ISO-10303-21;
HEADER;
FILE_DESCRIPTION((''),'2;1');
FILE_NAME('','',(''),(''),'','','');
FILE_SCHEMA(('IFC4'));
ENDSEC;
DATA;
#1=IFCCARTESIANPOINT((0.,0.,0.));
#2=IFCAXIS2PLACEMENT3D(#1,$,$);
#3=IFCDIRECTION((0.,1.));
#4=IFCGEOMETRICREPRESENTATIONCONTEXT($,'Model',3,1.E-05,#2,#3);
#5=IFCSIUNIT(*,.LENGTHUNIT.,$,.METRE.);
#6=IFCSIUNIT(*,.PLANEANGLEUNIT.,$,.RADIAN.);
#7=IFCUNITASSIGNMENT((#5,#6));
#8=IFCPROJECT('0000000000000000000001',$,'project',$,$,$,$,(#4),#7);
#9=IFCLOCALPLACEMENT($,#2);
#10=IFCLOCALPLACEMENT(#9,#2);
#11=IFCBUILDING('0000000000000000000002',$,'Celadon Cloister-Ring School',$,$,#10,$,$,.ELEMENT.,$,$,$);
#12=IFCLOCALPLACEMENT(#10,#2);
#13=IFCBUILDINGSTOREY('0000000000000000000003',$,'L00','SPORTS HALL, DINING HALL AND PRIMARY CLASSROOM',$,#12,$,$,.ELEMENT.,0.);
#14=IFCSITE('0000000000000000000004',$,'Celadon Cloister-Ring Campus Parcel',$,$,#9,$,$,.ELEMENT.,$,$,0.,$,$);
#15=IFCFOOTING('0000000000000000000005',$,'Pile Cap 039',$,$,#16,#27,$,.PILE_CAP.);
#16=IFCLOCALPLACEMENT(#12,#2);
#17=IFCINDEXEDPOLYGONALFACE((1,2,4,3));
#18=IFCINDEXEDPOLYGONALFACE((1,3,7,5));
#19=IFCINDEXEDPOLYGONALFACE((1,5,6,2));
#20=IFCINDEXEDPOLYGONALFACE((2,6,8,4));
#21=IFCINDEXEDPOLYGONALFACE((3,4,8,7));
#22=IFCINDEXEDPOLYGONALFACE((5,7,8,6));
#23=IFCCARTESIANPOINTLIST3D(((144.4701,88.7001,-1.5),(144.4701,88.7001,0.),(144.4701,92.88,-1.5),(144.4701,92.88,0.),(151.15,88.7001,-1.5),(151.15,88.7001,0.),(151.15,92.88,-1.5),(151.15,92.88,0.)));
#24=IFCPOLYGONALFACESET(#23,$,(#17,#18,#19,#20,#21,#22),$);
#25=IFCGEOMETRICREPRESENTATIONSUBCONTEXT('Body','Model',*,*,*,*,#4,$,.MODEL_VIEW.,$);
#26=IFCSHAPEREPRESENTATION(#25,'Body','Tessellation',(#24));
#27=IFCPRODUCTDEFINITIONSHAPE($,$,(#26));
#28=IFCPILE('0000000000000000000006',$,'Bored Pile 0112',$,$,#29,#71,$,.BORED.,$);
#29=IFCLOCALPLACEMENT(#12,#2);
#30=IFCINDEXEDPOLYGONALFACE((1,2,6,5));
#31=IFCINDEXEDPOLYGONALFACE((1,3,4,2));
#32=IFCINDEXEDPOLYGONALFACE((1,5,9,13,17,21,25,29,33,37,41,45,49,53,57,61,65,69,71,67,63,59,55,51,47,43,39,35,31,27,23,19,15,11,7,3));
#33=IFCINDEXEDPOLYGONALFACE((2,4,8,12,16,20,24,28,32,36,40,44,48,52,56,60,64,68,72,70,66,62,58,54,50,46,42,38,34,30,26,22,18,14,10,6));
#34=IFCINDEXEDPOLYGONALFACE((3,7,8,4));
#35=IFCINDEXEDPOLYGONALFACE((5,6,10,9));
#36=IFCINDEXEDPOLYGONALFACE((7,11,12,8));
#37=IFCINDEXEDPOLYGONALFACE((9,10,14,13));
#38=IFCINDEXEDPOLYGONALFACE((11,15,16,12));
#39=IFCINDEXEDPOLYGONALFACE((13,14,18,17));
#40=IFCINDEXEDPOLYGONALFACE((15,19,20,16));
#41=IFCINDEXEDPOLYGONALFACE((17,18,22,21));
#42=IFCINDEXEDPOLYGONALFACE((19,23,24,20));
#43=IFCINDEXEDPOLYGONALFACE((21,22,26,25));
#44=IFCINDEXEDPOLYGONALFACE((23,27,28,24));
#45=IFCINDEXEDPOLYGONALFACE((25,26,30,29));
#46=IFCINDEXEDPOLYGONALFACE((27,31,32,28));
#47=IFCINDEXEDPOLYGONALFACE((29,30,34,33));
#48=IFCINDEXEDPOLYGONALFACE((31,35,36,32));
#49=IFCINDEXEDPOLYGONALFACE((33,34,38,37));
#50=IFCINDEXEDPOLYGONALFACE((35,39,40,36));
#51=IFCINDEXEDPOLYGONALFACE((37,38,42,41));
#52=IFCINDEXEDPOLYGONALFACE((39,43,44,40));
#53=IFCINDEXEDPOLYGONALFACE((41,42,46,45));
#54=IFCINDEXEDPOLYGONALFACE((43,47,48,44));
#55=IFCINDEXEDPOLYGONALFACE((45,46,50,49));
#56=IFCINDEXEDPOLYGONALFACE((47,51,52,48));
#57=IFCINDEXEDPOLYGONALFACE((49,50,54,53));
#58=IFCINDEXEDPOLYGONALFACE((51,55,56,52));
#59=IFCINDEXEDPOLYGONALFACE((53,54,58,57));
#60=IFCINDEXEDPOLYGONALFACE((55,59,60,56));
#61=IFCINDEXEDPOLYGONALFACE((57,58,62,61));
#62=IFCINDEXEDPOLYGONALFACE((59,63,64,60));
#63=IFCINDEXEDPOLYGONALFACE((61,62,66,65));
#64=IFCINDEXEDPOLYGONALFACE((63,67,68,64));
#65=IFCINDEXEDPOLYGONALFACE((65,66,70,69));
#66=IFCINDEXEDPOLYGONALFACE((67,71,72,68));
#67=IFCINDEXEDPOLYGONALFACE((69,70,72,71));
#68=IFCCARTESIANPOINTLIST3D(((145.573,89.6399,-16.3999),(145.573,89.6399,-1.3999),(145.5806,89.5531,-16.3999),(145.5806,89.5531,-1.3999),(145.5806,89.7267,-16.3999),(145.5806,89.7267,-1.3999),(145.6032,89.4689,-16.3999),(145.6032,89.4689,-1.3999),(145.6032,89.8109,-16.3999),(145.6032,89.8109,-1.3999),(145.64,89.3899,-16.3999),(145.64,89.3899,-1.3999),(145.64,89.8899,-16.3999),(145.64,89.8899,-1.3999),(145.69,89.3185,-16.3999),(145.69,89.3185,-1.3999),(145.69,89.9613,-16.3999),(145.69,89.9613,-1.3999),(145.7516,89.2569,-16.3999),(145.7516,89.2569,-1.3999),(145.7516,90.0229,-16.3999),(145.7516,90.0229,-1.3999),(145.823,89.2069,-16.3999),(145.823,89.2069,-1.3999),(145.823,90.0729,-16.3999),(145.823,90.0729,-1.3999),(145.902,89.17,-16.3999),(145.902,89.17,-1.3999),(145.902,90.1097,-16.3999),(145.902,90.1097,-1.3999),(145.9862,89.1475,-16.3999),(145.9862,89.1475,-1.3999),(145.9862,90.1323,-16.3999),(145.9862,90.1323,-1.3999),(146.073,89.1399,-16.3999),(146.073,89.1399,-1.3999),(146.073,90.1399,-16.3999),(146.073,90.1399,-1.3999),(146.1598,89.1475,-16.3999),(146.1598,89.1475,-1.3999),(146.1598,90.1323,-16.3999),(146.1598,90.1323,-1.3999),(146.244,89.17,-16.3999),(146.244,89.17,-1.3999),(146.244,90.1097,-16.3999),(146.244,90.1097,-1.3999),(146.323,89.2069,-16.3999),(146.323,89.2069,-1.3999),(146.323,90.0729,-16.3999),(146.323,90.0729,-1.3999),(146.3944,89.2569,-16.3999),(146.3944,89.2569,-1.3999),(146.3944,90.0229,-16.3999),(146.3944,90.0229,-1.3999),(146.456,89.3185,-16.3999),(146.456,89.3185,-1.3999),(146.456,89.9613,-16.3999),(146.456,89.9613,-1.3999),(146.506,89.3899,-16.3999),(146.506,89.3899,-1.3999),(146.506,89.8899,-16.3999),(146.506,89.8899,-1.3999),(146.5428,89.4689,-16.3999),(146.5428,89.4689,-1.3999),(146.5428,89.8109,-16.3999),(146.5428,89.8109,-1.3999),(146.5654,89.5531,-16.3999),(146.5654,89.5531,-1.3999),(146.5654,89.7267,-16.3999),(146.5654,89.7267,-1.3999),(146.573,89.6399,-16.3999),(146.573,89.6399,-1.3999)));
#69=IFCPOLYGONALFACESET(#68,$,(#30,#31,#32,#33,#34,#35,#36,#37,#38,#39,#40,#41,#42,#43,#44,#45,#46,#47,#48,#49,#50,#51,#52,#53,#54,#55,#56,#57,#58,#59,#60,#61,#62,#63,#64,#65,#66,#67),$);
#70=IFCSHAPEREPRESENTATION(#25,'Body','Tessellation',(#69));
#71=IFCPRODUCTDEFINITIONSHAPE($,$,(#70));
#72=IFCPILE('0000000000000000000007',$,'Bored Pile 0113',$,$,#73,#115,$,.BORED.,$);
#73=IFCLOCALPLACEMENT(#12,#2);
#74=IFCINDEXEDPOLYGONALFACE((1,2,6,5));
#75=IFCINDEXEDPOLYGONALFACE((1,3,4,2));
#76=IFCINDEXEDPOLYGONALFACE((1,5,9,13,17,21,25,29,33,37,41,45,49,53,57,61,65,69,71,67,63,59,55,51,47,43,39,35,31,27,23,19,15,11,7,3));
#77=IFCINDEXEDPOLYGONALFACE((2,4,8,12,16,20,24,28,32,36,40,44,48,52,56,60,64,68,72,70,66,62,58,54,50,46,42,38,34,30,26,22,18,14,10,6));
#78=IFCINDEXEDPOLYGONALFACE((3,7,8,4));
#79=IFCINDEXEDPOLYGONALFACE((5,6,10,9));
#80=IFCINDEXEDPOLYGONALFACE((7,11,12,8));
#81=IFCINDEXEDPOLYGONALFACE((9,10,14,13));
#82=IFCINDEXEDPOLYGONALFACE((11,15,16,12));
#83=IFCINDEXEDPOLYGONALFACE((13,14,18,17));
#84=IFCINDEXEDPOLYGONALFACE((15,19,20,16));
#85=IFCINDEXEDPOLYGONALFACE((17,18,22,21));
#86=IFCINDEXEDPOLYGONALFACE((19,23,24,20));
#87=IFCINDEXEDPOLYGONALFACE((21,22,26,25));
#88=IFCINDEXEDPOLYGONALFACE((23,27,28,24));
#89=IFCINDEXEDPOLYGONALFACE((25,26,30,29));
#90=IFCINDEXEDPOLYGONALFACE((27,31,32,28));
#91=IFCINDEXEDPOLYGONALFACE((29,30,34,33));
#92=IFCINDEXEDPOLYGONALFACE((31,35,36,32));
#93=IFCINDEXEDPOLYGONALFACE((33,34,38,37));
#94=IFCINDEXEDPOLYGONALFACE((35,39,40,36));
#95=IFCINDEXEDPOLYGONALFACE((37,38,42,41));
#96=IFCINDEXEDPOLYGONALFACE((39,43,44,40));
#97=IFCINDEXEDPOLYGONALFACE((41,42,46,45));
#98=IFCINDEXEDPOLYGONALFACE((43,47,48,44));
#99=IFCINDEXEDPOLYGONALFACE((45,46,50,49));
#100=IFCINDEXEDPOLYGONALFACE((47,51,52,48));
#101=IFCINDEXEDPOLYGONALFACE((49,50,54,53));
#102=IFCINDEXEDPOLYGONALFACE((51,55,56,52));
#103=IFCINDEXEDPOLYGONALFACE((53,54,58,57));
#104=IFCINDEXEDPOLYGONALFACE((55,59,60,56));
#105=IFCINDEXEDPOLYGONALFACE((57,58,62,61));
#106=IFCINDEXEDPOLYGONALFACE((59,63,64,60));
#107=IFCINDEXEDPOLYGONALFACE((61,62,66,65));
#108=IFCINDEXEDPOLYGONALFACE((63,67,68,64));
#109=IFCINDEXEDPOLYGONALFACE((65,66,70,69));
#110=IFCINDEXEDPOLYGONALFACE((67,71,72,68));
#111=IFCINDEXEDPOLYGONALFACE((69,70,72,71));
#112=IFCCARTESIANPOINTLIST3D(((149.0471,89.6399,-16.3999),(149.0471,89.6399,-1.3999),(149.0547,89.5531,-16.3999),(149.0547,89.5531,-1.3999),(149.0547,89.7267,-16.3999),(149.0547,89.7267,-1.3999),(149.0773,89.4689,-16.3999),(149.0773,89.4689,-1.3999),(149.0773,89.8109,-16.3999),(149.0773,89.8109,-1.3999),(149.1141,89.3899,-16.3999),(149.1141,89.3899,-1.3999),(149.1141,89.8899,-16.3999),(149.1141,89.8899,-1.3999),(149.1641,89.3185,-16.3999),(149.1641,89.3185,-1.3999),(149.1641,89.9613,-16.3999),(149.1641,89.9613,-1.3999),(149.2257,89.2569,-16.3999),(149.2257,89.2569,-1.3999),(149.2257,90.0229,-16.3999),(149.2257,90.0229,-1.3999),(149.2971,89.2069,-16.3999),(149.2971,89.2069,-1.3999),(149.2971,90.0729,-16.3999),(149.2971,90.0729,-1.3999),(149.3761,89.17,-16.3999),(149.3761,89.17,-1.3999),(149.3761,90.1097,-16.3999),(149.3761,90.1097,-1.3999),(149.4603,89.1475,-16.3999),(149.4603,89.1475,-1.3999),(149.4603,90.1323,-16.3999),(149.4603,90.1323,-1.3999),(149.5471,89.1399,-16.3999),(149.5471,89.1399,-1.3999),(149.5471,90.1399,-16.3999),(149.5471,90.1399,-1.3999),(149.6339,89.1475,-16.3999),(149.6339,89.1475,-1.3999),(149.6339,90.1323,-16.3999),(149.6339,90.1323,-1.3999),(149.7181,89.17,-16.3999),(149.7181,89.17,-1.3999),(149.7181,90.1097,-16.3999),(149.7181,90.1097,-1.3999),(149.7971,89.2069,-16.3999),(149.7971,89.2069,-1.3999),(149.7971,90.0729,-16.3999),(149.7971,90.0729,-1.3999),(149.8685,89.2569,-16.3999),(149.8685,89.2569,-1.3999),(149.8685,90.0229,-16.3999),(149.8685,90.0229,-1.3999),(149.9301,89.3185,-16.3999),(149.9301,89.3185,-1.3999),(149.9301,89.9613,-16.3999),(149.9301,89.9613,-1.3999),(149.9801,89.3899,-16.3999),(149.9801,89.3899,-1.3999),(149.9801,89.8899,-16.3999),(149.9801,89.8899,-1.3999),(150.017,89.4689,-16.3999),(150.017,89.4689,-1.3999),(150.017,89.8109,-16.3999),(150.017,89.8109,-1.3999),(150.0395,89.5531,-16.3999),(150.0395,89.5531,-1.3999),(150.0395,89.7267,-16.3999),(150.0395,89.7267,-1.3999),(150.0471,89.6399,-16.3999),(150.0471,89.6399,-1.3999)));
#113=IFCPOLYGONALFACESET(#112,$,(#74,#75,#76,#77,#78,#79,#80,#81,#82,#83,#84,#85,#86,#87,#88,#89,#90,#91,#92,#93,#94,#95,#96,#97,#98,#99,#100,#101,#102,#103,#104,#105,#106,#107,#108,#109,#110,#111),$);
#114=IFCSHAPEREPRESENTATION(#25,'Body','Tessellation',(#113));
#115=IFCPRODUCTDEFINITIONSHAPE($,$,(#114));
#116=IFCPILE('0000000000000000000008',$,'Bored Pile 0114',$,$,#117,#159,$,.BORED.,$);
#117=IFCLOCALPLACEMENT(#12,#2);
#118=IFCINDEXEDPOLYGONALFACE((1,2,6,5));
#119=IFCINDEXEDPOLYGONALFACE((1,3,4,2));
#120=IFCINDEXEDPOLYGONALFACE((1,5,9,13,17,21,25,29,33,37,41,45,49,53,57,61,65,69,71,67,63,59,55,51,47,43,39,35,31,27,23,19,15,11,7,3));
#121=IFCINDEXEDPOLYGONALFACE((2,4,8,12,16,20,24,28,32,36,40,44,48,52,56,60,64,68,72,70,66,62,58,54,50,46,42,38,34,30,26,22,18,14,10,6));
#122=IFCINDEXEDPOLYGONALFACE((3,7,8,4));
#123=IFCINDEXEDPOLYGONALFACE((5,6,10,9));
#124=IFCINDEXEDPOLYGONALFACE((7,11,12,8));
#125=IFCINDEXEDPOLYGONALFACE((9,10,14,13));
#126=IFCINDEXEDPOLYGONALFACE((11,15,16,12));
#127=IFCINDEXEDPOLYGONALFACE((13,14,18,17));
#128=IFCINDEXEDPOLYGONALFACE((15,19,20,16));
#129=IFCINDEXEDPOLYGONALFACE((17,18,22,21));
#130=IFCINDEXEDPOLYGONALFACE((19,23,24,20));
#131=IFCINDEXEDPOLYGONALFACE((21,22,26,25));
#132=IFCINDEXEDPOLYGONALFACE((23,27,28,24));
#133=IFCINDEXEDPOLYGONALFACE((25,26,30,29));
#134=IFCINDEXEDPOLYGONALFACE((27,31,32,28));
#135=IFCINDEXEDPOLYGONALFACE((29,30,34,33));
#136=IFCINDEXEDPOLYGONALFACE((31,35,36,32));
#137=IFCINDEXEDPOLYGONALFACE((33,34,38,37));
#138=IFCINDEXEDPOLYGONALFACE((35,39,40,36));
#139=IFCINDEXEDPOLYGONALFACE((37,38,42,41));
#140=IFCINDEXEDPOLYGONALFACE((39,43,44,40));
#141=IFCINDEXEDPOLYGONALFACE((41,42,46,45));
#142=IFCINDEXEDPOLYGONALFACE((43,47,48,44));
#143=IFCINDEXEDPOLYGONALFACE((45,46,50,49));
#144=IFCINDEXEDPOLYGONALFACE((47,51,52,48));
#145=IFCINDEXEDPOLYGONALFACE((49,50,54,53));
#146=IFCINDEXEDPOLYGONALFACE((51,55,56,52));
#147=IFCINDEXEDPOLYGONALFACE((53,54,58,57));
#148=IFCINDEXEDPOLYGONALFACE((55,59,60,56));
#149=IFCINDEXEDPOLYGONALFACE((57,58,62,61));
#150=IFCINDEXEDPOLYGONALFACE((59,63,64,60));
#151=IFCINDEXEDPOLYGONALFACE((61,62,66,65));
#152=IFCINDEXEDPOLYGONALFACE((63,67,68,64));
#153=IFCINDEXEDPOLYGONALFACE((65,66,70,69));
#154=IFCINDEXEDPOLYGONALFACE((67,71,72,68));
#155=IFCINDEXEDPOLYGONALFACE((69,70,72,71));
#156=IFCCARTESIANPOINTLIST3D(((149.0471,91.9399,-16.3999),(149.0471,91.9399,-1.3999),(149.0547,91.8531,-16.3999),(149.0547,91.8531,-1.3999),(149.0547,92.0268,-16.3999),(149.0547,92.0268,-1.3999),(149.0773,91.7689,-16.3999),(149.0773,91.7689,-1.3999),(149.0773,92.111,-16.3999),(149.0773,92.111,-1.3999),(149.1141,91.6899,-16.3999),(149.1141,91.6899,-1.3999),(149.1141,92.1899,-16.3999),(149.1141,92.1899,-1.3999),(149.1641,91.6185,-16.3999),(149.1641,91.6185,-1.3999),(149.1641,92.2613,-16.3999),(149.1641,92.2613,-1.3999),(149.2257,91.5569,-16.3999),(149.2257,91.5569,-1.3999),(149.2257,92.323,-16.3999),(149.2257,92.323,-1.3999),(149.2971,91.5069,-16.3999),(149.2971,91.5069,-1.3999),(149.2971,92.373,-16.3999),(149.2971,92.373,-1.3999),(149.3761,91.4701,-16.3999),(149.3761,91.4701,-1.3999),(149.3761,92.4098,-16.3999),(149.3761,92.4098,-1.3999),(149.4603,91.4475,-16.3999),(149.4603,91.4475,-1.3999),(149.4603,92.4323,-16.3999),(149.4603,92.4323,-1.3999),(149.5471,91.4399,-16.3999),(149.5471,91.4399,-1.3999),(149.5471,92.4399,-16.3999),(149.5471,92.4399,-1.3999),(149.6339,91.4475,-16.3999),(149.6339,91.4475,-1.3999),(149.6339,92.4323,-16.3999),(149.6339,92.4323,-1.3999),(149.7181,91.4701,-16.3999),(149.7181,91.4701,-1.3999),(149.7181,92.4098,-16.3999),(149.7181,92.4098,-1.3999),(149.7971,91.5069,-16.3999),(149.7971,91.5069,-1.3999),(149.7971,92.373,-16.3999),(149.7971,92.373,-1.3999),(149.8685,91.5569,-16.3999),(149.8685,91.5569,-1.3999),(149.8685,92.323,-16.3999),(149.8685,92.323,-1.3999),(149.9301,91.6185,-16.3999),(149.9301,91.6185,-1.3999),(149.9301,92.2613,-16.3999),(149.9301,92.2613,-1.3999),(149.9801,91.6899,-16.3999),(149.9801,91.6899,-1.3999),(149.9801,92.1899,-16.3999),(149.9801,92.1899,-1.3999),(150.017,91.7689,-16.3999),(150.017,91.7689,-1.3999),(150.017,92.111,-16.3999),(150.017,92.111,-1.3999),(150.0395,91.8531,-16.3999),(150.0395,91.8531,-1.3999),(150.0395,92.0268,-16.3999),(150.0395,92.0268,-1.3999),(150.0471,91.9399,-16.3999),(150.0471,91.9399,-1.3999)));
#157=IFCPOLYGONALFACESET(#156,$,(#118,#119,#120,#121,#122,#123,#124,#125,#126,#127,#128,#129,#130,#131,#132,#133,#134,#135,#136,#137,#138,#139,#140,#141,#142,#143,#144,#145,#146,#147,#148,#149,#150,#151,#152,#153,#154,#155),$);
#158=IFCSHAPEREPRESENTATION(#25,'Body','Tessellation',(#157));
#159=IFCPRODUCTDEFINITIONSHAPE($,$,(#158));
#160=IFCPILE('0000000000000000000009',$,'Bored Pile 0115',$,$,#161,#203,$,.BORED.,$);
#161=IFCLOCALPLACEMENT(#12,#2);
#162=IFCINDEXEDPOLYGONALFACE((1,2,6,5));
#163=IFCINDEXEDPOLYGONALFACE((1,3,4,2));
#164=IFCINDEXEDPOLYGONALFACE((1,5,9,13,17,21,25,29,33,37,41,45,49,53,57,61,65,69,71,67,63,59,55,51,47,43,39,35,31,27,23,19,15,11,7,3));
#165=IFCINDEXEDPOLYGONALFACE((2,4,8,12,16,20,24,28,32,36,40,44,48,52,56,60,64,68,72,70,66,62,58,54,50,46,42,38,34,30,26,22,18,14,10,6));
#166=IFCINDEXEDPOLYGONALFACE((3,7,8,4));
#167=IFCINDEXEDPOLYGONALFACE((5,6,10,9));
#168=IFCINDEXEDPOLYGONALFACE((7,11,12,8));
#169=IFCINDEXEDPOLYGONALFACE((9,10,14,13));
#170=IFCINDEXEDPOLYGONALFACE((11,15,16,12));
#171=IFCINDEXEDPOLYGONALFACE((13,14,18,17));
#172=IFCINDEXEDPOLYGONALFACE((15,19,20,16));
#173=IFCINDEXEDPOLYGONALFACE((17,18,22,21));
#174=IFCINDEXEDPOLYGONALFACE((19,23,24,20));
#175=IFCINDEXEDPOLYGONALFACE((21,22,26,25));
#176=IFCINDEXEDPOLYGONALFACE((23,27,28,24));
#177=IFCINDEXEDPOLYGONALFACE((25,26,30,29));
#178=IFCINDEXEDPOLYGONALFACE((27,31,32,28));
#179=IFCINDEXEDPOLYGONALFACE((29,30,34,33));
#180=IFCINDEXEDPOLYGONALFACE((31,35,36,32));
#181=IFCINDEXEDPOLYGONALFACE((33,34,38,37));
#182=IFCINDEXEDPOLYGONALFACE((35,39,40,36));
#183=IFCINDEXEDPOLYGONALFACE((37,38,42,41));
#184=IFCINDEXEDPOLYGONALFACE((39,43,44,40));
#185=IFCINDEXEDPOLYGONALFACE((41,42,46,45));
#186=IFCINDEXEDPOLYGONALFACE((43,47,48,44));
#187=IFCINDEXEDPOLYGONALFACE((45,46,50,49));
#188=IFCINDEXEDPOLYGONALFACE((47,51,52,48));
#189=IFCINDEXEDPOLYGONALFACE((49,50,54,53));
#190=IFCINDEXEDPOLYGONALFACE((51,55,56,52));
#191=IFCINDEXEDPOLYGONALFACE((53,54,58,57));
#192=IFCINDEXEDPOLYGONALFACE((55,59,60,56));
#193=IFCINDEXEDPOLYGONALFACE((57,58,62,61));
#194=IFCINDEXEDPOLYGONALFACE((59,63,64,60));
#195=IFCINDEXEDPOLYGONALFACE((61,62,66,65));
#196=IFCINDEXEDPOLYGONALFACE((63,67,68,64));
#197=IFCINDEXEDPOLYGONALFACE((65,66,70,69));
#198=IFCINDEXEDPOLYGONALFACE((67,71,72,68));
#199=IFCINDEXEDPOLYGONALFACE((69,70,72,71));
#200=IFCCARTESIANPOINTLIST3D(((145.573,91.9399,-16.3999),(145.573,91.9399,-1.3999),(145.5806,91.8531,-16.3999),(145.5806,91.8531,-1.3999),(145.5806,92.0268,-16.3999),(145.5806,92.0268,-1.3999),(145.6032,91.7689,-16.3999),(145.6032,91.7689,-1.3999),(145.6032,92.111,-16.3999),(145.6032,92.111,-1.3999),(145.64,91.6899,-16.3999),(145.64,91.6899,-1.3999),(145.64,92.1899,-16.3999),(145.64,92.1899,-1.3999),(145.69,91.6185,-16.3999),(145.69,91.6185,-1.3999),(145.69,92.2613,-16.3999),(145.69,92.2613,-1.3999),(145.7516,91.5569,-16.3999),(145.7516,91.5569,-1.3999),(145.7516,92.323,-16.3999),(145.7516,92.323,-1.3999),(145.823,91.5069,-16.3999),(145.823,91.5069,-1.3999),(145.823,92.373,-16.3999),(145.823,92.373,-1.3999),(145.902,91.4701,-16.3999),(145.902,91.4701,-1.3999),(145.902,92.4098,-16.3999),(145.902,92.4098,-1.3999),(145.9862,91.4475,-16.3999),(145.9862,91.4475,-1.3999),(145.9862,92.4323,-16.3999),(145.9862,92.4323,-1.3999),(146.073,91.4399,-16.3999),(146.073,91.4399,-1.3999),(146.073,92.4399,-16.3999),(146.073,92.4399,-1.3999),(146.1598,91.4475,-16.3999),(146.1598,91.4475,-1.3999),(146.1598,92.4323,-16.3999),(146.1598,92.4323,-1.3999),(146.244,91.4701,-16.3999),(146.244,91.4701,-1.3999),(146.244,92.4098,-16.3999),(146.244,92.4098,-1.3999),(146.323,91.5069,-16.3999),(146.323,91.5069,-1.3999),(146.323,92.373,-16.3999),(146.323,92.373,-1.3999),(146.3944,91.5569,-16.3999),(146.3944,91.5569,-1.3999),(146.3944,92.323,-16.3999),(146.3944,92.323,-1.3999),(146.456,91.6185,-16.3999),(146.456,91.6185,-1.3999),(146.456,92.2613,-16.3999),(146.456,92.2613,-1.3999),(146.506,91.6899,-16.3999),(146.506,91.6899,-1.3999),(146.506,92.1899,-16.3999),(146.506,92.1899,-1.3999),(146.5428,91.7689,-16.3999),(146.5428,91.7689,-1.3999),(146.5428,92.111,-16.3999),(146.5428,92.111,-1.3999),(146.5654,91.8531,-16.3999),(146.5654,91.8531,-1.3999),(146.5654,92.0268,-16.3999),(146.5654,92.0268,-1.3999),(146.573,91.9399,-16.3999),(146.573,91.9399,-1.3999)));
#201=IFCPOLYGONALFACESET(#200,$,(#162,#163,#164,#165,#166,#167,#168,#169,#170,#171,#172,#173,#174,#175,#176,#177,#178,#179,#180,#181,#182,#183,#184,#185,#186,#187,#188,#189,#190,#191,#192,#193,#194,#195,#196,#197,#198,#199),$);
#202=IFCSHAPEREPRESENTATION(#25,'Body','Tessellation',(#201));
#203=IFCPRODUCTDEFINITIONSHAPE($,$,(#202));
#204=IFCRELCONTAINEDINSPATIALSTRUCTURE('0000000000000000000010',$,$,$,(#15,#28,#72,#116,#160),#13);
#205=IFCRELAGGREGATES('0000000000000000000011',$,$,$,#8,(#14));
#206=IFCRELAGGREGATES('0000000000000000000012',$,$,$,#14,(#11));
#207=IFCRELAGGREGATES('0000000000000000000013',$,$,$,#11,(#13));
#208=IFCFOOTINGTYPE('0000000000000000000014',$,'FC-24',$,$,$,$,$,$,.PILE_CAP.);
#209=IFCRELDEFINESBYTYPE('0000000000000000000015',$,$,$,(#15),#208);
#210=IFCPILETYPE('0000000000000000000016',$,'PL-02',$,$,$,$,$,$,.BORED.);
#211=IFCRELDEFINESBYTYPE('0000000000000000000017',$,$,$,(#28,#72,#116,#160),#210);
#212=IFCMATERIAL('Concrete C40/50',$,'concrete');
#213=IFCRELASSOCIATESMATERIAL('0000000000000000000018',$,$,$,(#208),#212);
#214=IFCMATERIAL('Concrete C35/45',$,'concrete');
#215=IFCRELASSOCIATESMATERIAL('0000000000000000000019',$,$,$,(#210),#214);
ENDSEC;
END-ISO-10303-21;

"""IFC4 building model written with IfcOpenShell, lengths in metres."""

from ifc_helpers import new_model, si_unit, direction, frame, origin, origin_2d, place, context, subcontext, project, spatial, rectangle, circle, extrude, material, material_profile, profile_set, type_object, element, save


model = new_model("IFC4")

# Units and contexts
model_context = context("Model", 3, precision=1e-05, world=origin(), true_north=direction((0.0, 1.0)))
body_context = subcontext(model_context, "Body", "Model", "MODEL_VIEW")
ifc_project = project(units=[si_unit("LENGTHUNIT", "METRE"), si_unit("PLANEANGLEUNIT", "RADIAN")], contexts=[model_context])

# Site, building, storey
site_placement = place(None, origin())
site = spatial("IfcSite", under=ifc_project, at=site_placement, Name="Celadon Cloister-Ring Campus Parcel", CompositionType="ELEMENT", RefElevation=0.0)
building_placement = place(site_placement, origin())
building = spatial("IfcBuilding", under=site, at=building_placement, Name="Celadon Cloister-Ring School", CompositionType="ELEMENT")
storey_placement = place(building_placement, origin())
storey = spatial("IfcBuildingStorey", under=building, at=storey_placement, Name="L00", Description="SPORTS HALL, DINING HALL AND PRIMARY CLASSROOM", CompositionType="ELEMENT", Elevation=0.0)

# Footing
ifc_material_1 = material(Name="Concrete C40/50", Category="concrete")
footing_type = type_object("IfcFootingType", Name="FC-24", PredefinedType="PILE_CAP", material=ifc_material_1)
footing_placement = place(storey_placement, frame((147.8101, 90.79, -1.5), z_axis=(0.0, 0.0, 1.0), x_axis=(1.0, 0.0, 0.0)))
element("IfcFooting", 1, at=footing_placement, inside=storey, type_object=footing_type, Name="Pile Cap 039", PredefinedType="PILE_CAP", context=body_context, shape_type="SweptSolid", body=[
    extrude(rectangle(XDim=6.6799, YDim=4.1799, at=origin_2d()), origin(), (0.0, 0.0, 1.0), 1.5),
])

# Piles
ifc_material_2 = material(Name="Concrete C35/45", Category="concrete")
ifc_material_profile_1 = material_profile(ifc_material_2, circle(Radius=0.5, at=origin_2d()), Name="PILE1000")
ifc_profile_set_1 = profile_set([ifc_material_profile_1], Name="Concrete C35/45")
pile_type = type_object("IfcPileType", Name="PL-02", PredefinedType="BORED", material=ifc_profile_set_1)
for number, where, z_axis, x_axis, name in (
    (2, (146.073, 89.6399, -1.3999), (0.0, 0.0, -1.0), (1.0, 0.0, 0.0), "Bored Pile 0112"),
    (3, (149.5471, 89.6399, -1.3999), (0.0, 0.0, -1.0), (1.0, 0.0, 0.0), "Bored Pile 0113"),
    (4, (149.5471, 91.9399, -1.3999), (0.0, 0.0, -1.0), (1.0, 0.0, 0.0), "Bored Pile 0114"),
    (5, (146.073, 91.9399, -1.3999), (0.0, 0.0, -1.0), (1.0, 0.0, 0.0), "Bored Pile 0115"),
):
    element("IfcPile", number, at=place(storey_placement, frame(where, z_axis=z_axis, x_axis=x_axis)), inside=storey, type_object=pile_type, Name=name, PredefinedType="BORED", context=body_context, shape_type="SweptSolid", body=[
        extrude(circle(Radius=0.5, at=origin_2d()), origin(), (0.0, 0.0, 1.0), 15.0),
    ])

save(model, "model.ifc")
